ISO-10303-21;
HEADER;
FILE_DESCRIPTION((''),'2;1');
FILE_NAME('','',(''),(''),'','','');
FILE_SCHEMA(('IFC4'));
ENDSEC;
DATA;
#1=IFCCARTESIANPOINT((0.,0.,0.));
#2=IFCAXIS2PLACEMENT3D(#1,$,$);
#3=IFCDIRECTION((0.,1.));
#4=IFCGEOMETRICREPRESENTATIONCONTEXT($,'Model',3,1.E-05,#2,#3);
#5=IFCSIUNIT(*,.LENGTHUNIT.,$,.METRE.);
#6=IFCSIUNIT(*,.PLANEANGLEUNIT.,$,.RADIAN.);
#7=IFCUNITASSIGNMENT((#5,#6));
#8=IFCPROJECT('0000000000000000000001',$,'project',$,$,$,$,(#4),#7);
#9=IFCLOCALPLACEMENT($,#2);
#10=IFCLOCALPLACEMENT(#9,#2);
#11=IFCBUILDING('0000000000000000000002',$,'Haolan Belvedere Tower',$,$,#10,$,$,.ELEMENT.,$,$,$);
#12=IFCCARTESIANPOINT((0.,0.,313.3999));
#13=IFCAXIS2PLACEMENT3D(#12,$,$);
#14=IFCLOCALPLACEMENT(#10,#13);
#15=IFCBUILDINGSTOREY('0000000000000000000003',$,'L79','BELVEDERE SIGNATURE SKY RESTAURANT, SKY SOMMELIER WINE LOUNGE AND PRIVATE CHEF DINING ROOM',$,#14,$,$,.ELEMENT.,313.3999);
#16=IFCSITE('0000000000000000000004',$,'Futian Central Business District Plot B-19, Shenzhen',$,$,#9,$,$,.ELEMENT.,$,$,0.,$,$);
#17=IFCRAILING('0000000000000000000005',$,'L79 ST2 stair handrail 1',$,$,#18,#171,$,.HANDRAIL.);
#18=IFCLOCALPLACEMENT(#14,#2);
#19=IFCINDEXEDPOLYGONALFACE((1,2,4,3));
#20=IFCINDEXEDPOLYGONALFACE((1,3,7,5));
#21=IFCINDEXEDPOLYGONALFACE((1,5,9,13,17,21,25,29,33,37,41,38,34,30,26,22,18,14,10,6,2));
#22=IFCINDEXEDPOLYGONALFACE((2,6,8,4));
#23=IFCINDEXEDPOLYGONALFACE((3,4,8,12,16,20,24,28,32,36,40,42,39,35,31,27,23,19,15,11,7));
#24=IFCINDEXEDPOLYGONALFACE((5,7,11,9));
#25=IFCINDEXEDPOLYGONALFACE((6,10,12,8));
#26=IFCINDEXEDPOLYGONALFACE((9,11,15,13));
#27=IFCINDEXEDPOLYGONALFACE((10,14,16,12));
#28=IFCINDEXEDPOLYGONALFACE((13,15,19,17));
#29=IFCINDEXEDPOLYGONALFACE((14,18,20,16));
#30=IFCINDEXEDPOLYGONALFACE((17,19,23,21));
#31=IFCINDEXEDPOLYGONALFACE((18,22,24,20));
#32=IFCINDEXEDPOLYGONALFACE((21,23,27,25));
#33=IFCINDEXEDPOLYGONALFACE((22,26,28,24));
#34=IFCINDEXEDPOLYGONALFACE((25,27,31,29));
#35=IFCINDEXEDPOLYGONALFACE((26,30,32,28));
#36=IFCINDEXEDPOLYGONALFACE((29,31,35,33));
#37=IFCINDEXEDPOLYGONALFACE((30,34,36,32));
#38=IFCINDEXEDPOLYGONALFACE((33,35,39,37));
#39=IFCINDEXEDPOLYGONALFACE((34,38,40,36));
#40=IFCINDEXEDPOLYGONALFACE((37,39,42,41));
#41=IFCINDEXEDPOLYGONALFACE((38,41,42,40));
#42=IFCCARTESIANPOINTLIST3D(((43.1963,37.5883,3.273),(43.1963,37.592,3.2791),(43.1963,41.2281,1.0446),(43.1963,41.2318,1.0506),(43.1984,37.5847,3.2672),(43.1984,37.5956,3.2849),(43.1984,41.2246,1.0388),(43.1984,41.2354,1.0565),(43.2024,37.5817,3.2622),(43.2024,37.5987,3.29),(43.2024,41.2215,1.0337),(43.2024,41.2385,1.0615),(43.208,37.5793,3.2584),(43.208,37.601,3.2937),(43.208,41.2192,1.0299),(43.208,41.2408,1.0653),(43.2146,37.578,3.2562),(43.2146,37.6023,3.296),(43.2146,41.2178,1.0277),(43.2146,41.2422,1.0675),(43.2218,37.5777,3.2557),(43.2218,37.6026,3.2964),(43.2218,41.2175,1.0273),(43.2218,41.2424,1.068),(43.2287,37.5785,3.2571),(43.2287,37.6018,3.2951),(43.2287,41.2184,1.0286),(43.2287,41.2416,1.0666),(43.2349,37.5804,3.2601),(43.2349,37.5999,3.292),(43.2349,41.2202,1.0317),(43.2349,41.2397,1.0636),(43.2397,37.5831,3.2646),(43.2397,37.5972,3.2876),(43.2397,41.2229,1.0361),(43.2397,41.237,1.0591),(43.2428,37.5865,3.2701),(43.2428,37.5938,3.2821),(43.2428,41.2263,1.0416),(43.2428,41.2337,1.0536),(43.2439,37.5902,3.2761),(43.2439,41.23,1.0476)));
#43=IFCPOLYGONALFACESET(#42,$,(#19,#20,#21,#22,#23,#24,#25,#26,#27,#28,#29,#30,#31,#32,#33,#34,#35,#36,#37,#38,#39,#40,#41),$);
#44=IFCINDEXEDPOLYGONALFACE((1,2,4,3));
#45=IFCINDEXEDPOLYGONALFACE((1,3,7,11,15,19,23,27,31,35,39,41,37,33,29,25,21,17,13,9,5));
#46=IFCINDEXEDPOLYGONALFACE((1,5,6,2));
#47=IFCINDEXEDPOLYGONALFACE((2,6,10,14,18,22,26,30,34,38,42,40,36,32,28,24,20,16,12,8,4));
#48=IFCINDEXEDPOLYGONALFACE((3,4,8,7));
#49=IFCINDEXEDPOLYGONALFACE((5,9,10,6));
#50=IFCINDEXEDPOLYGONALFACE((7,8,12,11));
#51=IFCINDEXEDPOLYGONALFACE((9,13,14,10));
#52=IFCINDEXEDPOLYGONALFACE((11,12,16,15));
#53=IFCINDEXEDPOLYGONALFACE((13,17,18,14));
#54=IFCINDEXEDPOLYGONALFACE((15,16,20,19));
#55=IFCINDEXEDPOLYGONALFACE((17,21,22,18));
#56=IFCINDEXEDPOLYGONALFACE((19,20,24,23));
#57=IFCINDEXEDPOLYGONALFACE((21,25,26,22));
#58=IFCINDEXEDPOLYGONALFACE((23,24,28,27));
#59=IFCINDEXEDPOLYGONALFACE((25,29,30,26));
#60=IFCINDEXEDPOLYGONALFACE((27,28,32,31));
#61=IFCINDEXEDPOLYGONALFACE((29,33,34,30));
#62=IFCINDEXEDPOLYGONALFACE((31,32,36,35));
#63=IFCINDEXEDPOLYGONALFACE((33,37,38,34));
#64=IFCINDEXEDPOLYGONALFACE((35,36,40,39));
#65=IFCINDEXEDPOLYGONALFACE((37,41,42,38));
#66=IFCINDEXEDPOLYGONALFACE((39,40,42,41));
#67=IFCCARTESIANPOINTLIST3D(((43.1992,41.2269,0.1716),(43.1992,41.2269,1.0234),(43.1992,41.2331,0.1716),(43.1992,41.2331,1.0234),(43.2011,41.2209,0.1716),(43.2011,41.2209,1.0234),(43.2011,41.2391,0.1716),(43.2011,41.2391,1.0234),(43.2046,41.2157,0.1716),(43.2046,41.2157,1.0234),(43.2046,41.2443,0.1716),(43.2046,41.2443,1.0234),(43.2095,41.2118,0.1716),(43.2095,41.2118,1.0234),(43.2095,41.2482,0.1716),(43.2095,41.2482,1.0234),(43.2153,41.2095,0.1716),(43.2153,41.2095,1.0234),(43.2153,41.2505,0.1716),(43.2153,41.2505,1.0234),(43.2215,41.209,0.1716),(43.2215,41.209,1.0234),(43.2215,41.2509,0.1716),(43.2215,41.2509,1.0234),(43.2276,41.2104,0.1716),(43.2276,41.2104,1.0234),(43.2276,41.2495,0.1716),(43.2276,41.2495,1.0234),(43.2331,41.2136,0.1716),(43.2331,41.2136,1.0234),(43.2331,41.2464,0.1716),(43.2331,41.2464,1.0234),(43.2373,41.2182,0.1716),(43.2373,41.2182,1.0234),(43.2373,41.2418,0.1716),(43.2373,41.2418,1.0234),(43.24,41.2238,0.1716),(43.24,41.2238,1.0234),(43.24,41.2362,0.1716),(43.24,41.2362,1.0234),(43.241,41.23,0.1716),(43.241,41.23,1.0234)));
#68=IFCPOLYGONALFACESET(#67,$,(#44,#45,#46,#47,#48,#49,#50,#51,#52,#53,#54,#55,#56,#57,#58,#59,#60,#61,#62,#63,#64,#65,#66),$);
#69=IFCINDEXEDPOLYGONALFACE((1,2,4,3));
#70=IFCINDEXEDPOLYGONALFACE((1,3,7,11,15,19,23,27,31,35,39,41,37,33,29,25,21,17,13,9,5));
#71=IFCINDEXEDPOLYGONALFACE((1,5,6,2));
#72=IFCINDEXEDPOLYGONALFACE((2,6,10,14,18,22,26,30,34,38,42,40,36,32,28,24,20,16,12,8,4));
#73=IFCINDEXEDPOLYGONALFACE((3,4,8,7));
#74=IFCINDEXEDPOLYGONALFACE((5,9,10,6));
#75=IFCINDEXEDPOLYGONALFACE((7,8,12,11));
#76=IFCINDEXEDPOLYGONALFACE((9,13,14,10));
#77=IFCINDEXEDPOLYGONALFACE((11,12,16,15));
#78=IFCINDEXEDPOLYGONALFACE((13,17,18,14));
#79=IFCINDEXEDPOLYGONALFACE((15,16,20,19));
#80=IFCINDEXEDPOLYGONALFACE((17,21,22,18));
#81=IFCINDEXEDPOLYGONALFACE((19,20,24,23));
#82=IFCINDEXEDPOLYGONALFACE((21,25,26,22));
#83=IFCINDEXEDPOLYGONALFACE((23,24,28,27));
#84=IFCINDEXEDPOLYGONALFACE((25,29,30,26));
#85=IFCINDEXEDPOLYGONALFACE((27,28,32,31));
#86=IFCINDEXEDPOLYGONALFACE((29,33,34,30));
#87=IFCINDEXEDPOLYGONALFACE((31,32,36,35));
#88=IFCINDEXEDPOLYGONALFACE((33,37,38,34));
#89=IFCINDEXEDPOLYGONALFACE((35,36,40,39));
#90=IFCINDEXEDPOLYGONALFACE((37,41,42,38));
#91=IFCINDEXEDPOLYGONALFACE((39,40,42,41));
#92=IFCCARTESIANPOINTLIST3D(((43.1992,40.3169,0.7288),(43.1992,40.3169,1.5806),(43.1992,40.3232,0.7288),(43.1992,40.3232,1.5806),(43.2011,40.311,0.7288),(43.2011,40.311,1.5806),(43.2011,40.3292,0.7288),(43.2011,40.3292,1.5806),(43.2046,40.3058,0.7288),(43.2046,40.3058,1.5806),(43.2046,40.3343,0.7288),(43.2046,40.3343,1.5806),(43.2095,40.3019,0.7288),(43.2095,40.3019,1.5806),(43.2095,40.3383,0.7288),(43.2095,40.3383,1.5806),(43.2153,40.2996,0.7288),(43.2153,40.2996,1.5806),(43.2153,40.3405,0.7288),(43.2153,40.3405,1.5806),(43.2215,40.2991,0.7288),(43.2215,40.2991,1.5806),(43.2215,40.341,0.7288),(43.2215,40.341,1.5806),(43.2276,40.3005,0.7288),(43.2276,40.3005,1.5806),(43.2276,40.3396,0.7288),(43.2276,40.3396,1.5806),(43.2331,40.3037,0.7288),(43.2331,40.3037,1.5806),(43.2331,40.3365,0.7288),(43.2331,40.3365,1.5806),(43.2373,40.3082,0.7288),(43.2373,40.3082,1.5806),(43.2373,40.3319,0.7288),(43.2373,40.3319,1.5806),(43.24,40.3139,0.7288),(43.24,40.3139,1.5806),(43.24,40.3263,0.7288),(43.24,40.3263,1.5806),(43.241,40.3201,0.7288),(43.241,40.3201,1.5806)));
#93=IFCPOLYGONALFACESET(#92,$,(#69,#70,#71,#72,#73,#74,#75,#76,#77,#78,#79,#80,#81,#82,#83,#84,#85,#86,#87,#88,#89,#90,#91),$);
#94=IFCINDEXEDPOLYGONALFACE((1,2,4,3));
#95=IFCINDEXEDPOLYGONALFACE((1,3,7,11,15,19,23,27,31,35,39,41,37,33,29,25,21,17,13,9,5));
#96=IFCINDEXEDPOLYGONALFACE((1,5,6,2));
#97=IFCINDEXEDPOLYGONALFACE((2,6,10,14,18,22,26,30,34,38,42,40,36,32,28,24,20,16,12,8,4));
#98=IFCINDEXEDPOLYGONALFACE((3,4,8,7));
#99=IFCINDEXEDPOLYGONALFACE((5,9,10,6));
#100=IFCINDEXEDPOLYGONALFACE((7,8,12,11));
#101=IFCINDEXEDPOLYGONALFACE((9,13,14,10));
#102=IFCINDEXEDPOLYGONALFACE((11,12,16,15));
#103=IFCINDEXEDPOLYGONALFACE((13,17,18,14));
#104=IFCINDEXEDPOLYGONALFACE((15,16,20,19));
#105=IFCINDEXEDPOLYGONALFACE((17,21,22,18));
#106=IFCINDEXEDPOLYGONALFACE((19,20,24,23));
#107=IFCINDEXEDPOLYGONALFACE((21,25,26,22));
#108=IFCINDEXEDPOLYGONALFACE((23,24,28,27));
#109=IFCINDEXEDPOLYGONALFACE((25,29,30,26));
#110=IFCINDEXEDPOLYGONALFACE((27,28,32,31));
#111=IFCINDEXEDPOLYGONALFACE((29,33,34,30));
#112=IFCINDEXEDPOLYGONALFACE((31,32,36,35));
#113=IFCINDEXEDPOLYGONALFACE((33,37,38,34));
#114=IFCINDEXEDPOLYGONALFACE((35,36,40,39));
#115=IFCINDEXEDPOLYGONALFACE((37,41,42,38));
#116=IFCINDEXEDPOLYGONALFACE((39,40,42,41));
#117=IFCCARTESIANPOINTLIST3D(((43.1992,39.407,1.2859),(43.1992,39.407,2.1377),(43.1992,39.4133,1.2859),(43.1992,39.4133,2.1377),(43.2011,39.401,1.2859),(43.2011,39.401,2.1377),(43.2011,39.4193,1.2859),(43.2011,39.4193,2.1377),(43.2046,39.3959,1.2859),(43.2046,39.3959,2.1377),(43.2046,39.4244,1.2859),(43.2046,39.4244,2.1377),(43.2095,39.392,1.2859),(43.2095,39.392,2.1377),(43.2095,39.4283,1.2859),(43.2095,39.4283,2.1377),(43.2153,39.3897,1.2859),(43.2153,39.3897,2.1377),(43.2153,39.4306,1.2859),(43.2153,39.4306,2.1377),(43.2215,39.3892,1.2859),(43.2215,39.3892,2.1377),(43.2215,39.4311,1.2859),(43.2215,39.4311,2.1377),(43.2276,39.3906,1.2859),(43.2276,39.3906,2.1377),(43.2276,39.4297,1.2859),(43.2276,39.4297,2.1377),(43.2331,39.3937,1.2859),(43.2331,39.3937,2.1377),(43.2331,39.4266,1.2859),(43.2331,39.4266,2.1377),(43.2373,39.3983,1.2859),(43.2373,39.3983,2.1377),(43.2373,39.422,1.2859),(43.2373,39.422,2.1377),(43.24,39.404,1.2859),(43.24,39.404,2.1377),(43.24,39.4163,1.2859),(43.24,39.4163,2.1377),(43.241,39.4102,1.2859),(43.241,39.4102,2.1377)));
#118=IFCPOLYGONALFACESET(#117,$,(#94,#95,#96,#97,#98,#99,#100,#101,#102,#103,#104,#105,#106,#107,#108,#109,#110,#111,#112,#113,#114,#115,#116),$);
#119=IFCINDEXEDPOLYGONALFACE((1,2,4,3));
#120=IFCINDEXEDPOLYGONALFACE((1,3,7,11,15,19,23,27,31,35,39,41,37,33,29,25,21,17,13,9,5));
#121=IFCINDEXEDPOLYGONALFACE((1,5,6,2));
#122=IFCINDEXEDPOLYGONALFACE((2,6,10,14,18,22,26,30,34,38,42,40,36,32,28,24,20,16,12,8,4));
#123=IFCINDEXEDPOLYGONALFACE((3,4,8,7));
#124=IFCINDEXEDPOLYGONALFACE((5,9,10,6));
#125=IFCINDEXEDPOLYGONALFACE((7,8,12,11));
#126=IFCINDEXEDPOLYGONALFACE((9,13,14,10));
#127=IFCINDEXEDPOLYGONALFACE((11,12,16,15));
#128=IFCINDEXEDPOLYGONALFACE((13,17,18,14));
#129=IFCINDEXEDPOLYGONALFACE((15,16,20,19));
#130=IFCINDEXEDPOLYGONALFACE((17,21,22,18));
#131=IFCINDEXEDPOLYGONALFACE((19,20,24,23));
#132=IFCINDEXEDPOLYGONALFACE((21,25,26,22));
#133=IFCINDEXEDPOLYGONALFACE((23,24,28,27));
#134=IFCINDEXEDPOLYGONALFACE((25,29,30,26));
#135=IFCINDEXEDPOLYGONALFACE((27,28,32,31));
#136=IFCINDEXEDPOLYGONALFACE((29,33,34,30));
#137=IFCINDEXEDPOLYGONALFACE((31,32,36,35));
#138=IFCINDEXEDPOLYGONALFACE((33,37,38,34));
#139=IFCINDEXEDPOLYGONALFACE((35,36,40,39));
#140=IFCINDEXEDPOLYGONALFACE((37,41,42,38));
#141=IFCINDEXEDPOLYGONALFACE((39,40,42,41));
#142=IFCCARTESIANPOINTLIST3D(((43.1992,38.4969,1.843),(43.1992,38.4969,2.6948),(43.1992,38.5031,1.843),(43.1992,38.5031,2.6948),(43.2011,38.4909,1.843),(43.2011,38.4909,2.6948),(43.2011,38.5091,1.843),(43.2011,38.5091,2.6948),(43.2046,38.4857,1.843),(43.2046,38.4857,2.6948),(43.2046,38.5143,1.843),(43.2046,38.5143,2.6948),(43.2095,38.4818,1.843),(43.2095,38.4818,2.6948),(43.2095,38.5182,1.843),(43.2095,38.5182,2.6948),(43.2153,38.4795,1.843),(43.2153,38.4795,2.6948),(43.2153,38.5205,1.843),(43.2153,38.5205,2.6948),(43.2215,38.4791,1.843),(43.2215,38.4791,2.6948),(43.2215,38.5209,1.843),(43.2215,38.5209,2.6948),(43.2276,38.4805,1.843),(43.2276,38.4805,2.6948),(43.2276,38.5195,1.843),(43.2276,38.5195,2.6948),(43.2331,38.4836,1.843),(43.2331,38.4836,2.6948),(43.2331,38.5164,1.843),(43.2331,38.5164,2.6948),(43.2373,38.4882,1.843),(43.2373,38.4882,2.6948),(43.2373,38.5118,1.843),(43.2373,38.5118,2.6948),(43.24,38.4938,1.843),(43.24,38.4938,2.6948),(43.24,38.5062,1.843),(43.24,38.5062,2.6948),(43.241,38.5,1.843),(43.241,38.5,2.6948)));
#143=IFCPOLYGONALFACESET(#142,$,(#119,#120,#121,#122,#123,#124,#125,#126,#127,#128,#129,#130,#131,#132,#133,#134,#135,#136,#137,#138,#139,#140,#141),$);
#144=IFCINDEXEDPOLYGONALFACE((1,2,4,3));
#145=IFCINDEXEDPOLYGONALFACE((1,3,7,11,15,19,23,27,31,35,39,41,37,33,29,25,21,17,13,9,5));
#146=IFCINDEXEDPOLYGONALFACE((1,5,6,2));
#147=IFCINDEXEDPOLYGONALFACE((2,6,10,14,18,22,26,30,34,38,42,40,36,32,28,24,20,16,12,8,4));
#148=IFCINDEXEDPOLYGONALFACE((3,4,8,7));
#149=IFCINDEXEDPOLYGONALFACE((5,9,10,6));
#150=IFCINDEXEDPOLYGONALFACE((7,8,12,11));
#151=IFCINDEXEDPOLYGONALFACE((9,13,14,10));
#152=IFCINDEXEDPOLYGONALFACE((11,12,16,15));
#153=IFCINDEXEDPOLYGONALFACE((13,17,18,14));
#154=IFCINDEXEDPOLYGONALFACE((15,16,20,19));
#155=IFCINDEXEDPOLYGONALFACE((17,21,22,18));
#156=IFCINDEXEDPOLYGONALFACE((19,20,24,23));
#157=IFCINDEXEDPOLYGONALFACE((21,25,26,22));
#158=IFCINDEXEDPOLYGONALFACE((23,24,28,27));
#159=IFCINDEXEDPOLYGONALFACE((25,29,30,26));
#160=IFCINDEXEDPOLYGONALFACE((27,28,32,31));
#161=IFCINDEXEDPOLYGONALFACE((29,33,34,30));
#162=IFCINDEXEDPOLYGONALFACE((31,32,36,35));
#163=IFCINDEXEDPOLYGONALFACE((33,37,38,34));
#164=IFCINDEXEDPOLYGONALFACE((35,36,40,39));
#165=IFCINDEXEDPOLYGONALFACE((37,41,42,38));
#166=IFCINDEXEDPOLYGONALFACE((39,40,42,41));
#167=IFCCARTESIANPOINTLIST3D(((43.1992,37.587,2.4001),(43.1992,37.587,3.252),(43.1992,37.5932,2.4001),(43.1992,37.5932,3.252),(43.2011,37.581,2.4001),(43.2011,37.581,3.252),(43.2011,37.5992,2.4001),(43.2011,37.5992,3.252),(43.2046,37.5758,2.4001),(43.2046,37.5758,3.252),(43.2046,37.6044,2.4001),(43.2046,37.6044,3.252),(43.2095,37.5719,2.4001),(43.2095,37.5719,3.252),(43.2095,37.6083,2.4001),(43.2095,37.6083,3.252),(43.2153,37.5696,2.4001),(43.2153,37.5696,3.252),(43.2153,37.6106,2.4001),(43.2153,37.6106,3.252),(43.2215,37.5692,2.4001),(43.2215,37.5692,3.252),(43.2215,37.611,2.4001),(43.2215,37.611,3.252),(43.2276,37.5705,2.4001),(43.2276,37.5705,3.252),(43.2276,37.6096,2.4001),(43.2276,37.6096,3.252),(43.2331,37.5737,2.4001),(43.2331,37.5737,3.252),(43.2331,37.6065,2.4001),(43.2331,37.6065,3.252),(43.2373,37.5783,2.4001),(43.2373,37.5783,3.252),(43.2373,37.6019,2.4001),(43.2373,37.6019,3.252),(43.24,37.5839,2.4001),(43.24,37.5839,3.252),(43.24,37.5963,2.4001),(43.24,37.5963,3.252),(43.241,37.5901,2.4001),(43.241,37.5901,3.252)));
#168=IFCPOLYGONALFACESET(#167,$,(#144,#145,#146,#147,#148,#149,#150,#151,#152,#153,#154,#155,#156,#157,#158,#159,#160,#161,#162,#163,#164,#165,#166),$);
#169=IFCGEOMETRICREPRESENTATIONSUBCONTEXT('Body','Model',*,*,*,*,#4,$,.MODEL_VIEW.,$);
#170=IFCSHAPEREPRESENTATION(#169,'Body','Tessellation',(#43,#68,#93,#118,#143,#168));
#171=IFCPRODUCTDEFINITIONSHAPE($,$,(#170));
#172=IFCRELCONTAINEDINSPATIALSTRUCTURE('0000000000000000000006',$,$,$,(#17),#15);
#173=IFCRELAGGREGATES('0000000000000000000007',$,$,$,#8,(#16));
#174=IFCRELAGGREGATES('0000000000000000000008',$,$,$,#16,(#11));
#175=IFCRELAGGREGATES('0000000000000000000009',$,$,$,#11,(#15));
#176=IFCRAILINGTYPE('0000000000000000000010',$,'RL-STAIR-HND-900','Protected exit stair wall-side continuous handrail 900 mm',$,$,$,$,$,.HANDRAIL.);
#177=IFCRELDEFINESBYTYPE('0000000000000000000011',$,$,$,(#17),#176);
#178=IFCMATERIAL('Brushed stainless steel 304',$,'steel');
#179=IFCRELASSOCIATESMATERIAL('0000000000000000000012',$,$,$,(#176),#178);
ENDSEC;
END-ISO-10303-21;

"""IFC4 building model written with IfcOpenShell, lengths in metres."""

from ifc_helpers import new_model, si_unit, direction, frame, origin, origin_2d, place, context, subcontext, project, spatial, circle, extrude, material, type_object, element, save


model = new_model("IFC4")

# Units and contexts
model_context = context("Model", 3, precision=1e-05, world=origin(), true_north=direction((0.0, 1.0)))
body_context = subcontext(model_context, "Body", "Model", "MODEL_VIEW")
ifc_project = project(units=[si_unit("LENGTHUNIT", "METRE"), si_unit("PLANEANGLEUNIT", "RADIAN")], contexts=[model_context])

# Site, building, storey
site_placement = place(None, origin())
site = spatial("IfcSite", under=ifc_project, at=site_placement, Name="Futian Central Business District Plot B-19, Shenzhen", CompositionType="ELEMENT", RefElevation=0.0)
building_placement = place(site_placement, origin())
building = spatial("IfcBuilding", under=site, at=building_placement, Name="Haolan Belvedere Tower", CompositionType="ELEMENT")
storey_placement = place(building_placement, frame((0.0, 0.0, 313.3999)))
storey = spatial("IfcBuildingStorey", under=building, at=storey_placement, Name="L79", Description="BELVEDERE SIGNATURE SKY RESTAURANT, SKY SOMMELIER WINE LOUNGE AND PRIVATE CHEF DINING ROOM", CompositionType="ELEMENT", Elevation=313.3999)

# Railing
ifc_material_1 = material(Name="Brushed stainless steel 304", Category="steel")
railing_type_1 = type_object("IfcRailingType", Name="RL-STAIR-HND-900", Description="Protected exit stair wall-side continuous handrail 900 mm", PredefinedType="HANDRAIL", material=ifc_material_1)
railing_1_placement = place(storey_placement, frame((43.22, 41.23, 0.1716)))
element("IfcRailing", 1, at=railing_1_placement, inside=storey, type_object=railing_type_1, Name="L79 ST2 stair handrail 1", PredefinedType="HANDRAIL", context=body_context, shape_type="SweptSolid", body=[
    extrude(circle(Radius=0.0239, at=origin_2d()), frame((0.0, 0.0, 0.876), z_axis=(0.0, -0.85285, 0.522156), x_axis=(1.0, 0.0, 0.0)), (0.0, 0.0, 1.0), 4.2678),
    extrude(circle(Radius=0.021, at=origin_2d()), origin(), (0.0, 0.0, 1.0), 0.8518),
    extrude(circle(Radius=0.021, at=origin_2d()), frame((0.0, -0.9099, 0.5571)), (0.0, 0.0, 1.0), 0.8518),
    extrude(circle(Radius=0.021, at=origin_2d()), frame((0.0, -1.8198, 1.1143)), (0.0, 0.0, 1.0), 0.8518),
    extrude(circle(Radius=0.021, at=origin_2d()), frame((0.0, -2.73, 1.6714)), (0.0, 0.0, 1.0), 0.8518),
    extrude(circle(Radius=0.021, at=origin_2d()), frame((0.0, -3.6399, 2.2285)), (0.0, 0.0, 1.0), 0.8518),
])

save(model, "model.ifc")
